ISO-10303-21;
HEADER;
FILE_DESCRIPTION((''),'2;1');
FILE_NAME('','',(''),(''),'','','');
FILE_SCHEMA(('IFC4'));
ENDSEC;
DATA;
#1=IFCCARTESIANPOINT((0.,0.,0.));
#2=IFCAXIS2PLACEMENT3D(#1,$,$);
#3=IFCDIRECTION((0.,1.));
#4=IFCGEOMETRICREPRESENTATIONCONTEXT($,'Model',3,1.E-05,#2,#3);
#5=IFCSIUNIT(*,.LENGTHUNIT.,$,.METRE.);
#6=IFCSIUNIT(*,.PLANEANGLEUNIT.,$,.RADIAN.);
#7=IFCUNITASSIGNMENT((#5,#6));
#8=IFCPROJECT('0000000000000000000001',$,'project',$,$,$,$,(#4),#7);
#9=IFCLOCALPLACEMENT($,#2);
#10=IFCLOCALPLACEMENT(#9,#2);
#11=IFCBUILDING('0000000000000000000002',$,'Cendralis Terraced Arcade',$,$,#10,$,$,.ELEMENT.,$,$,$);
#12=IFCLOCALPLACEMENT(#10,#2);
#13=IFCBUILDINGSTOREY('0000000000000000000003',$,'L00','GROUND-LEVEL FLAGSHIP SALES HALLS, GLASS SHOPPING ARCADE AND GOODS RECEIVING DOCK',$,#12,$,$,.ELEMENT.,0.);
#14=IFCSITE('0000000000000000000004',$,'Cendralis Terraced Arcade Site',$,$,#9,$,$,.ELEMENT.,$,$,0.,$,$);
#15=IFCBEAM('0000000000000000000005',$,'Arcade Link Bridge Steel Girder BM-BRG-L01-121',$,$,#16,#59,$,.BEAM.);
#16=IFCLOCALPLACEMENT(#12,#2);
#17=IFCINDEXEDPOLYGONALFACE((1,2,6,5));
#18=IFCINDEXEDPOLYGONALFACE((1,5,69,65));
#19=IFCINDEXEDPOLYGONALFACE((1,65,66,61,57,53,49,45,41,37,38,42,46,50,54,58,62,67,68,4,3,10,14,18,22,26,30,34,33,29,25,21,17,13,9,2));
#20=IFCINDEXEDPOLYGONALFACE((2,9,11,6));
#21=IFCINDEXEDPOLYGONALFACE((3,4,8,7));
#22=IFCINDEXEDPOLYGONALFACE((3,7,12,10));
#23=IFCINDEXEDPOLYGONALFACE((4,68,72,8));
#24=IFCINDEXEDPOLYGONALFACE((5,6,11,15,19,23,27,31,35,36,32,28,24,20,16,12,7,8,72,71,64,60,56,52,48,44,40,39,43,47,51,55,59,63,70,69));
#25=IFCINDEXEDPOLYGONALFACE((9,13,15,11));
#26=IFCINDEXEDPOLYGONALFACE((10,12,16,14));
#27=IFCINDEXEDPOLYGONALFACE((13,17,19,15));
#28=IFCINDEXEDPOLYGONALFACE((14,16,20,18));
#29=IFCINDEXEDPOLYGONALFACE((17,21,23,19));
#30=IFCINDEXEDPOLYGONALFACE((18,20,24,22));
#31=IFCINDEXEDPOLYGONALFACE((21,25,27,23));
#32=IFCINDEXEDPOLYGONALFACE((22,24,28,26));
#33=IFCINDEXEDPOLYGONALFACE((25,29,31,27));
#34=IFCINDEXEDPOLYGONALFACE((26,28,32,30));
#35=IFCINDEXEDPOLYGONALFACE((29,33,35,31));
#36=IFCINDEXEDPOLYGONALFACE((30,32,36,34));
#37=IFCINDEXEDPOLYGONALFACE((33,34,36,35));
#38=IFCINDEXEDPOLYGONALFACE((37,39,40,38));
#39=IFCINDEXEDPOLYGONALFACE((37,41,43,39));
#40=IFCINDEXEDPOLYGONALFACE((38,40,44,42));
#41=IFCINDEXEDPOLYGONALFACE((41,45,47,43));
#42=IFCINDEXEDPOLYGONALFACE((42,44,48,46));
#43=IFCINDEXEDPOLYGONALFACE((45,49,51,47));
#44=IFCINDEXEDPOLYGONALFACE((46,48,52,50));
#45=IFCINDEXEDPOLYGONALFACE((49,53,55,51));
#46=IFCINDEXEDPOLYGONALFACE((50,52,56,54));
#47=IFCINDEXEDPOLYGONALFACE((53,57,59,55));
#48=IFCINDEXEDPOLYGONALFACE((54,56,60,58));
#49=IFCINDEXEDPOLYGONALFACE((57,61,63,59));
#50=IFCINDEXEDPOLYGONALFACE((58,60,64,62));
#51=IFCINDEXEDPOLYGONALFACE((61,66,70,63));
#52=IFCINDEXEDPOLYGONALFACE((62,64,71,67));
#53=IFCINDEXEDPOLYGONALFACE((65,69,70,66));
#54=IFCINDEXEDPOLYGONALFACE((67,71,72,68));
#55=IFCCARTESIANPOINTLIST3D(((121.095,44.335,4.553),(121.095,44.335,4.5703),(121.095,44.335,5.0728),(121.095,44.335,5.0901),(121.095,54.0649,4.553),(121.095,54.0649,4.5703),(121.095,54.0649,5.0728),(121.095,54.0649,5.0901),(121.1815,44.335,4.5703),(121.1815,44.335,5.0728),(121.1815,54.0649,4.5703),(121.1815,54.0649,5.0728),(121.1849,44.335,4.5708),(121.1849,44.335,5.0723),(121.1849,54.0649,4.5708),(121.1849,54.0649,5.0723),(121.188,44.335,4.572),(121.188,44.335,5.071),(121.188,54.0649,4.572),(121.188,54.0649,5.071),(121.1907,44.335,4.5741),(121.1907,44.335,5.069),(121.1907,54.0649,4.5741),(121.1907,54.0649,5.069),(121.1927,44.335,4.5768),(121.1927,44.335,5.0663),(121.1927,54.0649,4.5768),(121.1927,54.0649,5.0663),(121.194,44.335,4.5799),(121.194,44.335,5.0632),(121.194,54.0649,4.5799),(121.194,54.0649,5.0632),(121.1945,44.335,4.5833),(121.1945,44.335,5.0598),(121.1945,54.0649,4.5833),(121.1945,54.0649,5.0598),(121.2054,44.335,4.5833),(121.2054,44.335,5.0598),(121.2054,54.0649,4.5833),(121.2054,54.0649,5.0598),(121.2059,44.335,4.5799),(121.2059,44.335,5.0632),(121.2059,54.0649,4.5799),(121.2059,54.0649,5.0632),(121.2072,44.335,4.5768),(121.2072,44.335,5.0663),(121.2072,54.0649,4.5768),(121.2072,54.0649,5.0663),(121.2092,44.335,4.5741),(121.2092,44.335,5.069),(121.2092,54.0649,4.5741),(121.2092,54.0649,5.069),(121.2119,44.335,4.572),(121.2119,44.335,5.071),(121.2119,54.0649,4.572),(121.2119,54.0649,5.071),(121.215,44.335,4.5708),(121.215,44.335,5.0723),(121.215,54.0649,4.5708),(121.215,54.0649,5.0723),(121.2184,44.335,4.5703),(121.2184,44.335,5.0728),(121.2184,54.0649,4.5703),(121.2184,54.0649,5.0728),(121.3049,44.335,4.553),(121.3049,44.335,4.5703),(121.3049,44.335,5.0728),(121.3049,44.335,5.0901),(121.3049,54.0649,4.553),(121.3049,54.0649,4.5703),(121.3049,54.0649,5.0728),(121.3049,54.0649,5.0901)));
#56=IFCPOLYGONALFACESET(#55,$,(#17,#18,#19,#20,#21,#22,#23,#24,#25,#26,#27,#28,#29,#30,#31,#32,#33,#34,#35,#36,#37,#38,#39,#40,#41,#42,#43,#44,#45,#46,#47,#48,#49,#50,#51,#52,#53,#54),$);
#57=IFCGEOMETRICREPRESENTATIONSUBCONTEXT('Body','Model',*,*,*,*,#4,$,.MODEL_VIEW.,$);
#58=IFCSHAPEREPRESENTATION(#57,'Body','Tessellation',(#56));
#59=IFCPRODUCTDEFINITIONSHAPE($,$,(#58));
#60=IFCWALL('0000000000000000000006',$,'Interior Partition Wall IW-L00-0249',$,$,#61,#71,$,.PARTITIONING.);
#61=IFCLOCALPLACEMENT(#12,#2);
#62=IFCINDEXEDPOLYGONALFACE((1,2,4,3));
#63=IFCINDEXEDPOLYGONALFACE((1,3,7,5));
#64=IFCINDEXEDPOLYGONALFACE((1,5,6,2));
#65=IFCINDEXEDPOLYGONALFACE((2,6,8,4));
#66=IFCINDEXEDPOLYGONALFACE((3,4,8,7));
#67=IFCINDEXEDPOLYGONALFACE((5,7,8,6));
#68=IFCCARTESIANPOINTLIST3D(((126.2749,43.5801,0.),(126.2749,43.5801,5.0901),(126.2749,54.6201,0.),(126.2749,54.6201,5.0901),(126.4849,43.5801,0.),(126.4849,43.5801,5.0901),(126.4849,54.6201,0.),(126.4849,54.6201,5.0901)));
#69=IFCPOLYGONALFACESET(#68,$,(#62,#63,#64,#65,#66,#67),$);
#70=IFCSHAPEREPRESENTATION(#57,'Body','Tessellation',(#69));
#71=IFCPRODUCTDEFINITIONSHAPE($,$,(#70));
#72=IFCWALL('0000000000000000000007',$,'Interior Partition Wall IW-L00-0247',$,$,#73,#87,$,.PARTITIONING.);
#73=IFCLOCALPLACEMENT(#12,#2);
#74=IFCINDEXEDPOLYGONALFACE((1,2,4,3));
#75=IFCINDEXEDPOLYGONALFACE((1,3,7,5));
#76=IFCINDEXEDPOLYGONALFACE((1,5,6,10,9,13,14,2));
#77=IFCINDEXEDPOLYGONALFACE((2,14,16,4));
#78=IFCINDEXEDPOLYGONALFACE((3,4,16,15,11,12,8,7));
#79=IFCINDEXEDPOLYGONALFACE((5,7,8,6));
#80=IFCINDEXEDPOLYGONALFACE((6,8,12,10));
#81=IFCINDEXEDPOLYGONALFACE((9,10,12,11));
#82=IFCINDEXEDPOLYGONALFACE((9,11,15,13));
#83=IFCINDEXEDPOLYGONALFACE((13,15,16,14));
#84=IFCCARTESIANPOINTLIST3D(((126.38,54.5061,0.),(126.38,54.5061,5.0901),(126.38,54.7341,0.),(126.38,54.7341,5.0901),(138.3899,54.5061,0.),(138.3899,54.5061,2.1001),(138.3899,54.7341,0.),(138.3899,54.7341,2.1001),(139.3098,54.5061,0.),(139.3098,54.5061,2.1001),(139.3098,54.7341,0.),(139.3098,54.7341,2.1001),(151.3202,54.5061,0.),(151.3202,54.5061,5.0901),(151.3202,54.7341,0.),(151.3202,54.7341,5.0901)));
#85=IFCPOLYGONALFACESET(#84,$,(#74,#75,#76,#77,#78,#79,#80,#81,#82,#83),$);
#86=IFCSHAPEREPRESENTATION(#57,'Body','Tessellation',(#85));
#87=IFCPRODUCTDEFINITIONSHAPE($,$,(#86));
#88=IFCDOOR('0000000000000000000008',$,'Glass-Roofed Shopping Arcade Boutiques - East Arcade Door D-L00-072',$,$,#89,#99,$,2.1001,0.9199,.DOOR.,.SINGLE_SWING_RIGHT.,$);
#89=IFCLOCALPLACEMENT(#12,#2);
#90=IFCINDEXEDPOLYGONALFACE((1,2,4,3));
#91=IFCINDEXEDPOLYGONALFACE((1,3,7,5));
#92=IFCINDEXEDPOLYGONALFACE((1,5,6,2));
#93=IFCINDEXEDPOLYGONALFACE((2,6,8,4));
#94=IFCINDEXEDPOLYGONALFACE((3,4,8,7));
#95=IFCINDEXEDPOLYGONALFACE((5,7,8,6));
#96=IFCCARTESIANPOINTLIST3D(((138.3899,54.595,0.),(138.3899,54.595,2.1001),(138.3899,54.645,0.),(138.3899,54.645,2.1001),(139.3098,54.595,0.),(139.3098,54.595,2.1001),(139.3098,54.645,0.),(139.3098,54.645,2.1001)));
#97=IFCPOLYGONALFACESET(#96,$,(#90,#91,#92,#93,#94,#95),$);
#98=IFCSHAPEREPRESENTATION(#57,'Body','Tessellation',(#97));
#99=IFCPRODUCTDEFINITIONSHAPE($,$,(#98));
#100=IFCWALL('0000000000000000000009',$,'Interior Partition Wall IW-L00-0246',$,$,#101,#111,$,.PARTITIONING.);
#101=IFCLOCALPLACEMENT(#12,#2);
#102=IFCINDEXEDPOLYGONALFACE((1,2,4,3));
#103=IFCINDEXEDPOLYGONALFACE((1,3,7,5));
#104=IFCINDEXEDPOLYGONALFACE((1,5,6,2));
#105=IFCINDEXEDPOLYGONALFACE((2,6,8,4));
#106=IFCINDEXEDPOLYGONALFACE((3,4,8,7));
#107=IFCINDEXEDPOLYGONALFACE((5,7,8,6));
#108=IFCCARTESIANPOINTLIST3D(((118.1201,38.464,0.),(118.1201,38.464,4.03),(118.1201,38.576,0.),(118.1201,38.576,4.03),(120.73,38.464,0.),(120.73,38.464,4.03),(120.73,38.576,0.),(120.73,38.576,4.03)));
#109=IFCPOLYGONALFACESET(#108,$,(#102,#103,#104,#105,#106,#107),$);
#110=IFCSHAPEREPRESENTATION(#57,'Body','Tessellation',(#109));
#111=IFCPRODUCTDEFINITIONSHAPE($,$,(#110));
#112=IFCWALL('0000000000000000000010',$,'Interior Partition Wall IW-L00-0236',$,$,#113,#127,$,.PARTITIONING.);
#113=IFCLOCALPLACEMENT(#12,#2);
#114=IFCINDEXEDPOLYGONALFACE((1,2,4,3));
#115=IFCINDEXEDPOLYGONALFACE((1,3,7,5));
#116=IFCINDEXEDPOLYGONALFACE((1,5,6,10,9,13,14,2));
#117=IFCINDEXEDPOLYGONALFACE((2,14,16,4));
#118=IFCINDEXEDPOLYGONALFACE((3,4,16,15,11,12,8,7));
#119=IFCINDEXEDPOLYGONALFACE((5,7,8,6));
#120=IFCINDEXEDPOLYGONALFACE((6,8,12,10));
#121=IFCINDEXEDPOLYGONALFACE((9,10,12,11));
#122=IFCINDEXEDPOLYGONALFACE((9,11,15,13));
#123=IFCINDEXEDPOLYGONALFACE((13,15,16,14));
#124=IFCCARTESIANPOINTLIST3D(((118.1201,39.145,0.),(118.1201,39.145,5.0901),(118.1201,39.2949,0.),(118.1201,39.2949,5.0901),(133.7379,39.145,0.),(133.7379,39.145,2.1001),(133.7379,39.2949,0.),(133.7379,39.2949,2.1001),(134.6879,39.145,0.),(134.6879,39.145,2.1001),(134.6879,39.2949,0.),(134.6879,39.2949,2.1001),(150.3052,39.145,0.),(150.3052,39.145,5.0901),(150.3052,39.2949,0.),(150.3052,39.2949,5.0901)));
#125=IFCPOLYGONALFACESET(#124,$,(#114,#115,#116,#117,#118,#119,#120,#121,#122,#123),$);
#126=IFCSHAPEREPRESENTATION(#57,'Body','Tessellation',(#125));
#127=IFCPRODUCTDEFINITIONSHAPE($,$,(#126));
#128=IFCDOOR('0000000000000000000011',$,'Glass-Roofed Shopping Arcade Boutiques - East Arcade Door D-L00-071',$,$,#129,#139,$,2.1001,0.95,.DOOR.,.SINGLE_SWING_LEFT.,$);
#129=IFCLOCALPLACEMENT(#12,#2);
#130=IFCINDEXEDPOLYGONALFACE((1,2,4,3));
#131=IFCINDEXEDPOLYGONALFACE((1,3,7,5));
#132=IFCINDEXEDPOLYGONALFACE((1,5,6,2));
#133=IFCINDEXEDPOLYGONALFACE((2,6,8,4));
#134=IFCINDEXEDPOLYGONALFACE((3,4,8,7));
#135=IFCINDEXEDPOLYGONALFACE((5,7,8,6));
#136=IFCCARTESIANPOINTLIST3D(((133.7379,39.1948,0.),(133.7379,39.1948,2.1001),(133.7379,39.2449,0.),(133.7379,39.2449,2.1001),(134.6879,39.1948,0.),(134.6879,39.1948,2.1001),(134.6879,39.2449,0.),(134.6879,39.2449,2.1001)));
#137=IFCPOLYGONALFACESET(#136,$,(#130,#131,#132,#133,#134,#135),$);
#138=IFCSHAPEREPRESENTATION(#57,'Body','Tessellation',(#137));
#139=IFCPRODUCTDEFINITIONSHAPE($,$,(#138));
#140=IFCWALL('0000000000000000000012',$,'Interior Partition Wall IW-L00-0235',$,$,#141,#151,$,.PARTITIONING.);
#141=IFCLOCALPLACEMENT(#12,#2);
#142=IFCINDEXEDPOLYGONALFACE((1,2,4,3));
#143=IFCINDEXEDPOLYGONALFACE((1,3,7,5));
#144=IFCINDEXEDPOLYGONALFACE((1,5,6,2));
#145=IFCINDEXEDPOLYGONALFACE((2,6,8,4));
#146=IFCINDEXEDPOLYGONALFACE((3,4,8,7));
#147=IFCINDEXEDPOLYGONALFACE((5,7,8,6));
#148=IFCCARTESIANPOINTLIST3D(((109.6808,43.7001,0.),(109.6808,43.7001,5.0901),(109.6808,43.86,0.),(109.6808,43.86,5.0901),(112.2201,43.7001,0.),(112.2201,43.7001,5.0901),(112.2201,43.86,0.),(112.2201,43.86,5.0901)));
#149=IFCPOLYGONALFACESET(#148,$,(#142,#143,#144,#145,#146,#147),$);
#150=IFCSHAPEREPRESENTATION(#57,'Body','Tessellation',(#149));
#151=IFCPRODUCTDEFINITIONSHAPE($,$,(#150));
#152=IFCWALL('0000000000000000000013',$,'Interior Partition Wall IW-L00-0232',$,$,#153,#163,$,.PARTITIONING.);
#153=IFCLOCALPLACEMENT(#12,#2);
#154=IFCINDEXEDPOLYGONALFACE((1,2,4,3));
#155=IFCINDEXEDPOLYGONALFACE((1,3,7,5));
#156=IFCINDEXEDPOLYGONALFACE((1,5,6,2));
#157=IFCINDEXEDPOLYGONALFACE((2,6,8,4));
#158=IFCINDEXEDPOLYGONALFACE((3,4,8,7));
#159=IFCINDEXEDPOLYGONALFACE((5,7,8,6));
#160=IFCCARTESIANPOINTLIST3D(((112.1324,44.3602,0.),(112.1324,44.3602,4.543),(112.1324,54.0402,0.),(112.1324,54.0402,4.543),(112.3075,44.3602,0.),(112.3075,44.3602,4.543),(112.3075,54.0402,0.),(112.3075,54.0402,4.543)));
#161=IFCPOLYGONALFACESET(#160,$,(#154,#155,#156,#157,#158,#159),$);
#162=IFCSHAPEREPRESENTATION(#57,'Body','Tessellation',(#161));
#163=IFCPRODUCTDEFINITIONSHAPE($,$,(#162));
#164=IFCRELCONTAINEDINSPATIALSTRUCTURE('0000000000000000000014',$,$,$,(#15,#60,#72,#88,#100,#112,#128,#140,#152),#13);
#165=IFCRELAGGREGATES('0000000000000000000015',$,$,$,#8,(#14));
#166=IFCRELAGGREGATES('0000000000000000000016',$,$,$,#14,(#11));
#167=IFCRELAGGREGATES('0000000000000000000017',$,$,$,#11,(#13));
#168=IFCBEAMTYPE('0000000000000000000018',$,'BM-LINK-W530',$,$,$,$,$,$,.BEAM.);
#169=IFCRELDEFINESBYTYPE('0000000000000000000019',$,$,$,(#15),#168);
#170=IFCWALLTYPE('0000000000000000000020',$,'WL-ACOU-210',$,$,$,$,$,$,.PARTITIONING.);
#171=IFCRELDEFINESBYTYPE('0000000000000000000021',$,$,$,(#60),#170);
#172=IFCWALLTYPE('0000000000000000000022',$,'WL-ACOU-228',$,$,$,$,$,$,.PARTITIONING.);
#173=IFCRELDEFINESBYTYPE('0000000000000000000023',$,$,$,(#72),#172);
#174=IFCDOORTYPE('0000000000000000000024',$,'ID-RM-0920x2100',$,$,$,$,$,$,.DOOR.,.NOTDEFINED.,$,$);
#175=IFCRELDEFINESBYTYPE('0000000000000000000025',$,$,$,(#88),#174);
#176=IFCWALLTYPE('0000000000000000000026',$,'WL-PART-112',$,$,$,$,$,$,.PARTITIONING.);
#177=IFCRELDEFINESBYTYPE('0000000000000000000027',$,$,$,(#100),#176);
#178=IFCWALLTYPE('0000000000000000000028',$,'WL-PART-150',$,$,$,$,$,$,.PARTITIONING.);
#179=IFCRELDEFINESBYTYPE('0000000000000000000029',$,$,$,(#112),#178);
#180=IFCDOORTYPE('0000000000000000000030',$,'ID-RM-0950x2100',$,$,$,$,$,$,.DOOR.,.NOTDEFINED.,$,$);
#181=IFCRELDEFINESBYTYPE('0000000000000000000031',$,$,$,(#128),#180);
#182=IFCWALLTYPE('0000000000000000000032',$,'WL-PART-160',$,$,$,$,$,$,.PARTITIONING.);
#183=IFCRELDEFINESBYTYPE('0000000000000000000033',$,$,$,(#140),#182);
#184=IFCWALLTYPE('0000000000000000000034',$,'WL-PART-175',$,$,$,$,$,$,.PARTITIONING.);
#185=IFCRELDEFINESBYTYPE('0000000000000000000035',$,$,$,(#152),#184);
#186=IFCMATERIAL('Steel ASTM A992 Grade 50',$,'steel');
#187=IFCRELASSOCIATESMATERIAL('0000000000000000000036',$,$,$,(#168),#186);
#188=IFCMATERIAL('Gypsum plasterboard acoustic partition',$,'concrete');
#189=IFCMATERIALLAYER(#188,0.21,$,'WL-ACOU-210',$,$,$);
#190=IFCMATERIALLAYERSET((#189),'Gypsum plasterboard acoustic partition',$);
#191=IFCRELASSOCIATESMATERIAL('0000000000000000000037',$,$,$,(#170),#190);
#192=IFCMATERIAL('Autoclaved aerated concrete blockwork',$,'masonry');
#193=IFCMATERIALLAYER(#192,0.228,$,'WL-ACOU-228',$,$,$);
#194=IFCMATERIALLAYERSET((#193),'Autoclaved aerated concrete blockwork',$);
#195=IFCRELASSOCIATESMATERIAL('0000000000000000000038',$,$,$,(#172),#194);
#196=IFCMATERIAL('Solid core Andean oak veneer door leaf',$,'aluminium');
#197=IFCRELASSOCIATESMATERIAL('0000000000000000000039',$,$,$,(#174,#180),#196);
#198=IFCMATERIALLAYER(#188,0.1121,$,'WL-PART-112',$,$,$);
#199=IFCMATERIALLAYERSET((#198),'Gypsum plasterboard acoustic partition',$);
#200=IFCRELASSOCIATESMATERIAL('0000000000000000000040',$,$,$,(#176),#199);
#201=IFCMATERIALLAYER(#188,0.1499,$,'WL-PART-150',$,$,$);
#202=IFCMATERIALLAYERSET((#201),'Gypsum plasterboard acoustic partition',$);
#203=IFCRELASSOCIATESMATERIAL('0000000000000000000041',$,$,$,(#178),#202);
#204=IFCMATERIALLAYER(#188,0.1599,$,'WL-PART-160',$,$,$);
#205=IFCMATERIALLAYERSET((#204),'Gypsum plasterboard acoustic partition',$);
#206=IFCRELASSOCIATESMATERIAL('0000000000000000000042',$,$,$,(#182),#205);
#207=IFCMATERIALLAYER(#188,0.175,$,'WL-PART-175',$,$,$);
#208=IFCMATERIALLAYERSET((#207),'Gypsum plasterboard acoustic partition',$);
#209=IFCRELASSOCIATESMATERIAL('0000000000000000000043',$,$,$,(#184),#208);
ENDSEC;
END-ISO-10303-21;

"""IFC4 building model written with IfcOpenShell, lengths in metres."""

from ifc_helpers import new_model, si_unit, direction, frame, frame_2d, origin, origin_2d, place, context, subcontext, project, spatial, rectangle, i_section, extrude, material, layer, layer_set, material_profile, profile_set, type_object, element, fill, save


model = new_model("IFC4")

# Units and contexts
model_context = context("Model", 3, precision=1e-05, world=origin(), true_north=direction((0.0, 1.0)))
body_context = subcontext(model_context, "Body", "Model", "MODEL_VIEW")
ifc_project = project(units=[si_unit("LENGTHUNIT", "METRE"), si_unit("PLANEANGLEUNIT", "RADIAN")], contexts=[model_context])

# Site, building, storey
site_placement = place(None, origin())
site = spatial("IfcSite", under=ifc_project, at=site_placement, Name="Cendralis Terraced Arcade Site", CompositionType="ELEMENT", RefElevation=0.0)
building_placement = place(site_placement, origin())
building = spatial("IfcBuilding", under=site, at=building_placement, Name="Cendralis Terraced Arcade", CompositionType="ELEMENT")
storey_placement = place(building_placement, origin())
storey = spatial("IfcBuildingStorey", under=building, at=storey_placement, Name="L00", Description="GROUND-LEVEL FLAGSHIP SALES HALLS, GLASS SHOPPING ARCADE AND GOODS RECEIVING DOCK", CompositionType="ELEMENT", Elevation=0.0)

# Beam
ifc_material_1 = material(Name="Steel ASTM A992 Grade 50", Category="steel")
ifc_material_profile_1 = material_profile(ifc_material_1, i_section(OverallWidth=0.21, OverallDepth=0.5371, WebThickness=0.011, FlangeThickness=0.0173, FilletRadius=0.0129, at=origin_2d()), Name="W530X101", Category="LoadBearing")
ifc_profile_set_1 = profile_set([ifc_material_profile_1], Name="Steel ASTM A992 Grade 50")
beam_type_1 = type_object("IfcBeamType", Name="BM-LINK-W530", PredefinedType="BEAM", material=ifc_profile_set_1)
for number, where, z_axis, x_axis, name in (
    (1, (121.2, 44.335, 4.8215), (0.0, 1.0, 0.0), (-1.0, 0.0, 0.0), "Arcade Link Bridge Steel Girder BM-BRG-L01-121"),
):
    element("IfcBeam", number, at=place(storey_placement, frame(where, z_axis=z_axis, x_axis=x_axis)), inside=storey, type_object=beam_type_1, Name=name, PredefinedType="BEAM", context=body_context, shape_type="SweptSolid", body=[
        extrude(i_section(OverallWidth=0.21, OverallDepth=0.5371, WebThickness=0.011, FlangeThickness=0.0173, FilletRadius=0.0129, at=origin_2d()), origin(), (0.0, 0.0, 1.0), 9.73),
    ])

# Wall
ifc_material_2 = material(Name="Gypsum plasterboard acoustic partition", Category="concrete")
ifc_layer_1 = layer(ifc_material_2, 0.21, Name="WL-ACOU-210")
ifc_layer_set_1 = layer_set([ifc_layer_1], Name="Gypsum plasterboard acoustic partition")
wall_type_1 = type_object("IfcWallType", Name="WL-ACOU-210", PredefinedType="PARTITIONING", material=ifc_layer_set_1)
wall_1_placement = place(storey_placement, frame((126.3799, 43.5801, 0.0), z_axis=(0.0, 0.0, 1.0), x_axis=(0.0, 1.0, 0.0)))
element("IfcWall", 2, at=wall_1_placement, inside=storey, type_object=wall_type_1, Name="Interior Partition Wall IW-L00-0249", PredefinedType="PARTITIONING", context=body_context, shape_type="SweptSolid", body=[
    extrude(rectangle(XDim=11.04, YDim=0.21, at=frame_2d((5.52, 0.0))), origin(), (0.0, 0.0, 1.0), 5.0901),
])

# Wall, opening, door
ifc_material_3 = material(Name="Autoclaved aerated concrete blockwork", Category="masonry")
ifc_layer_2 = layer(ifc_material_3, 0.228, Name="WL-ACOU-228")
ifc_layer_set_2 = layer_set([ifc_layer_2], Name="Autoclaved aerated concrete blockwork")
wall_type_2 = type_object("IfcWallType", Name="WL-ACOU-228", PredefinedType="PARTITIONING", material=ifc_layer_set_2)
wall_2_placement = place(storey_placement, frame((126.3799, 54.6201, 0.0), z_axis=(0.0, 0.0, 1.0), x_axis=(1.0, 0.0, 0.0)))
wall_2 = element("IfcWall", 3, at=wall_2_placement, inside=storey, type_object=wall_type_2, Name="Interior Partition Wall IW-L00-0247", PredefinedType="PARTITIONING", context=body_context, shape_type="SweptSolid", body=[
    extrude(rectangle(XDim=24.9402, YDim=0.228, at=frame_2d((12.4702, 0.0))), origin(), (0.0, 0.0, 1.0), 5.0901),
])
opening_1_placement = place(wall_2_placement, frame((12.01, 0.0, 0.0)))
opening_1 = element("IfcOpeningElement", 4, at=opening_1_placement, cuts=wall_2, PredefinedType="OPENING", context=body_context, shape_type="SweptSolid", body=[
    extrude(rectangle(XDim=0.9199, YDim=2.1001, at=frame_2d((0.46, 1.05))), frame((0.0, 0.126, 0.0), z_axis=(0.0, -1.0, 0.0), x_axis=(1.0, 0.0, 0.0)), (0.0, 0.0, 1.0), 0.252),
])
ifc_material_4 = material(Name="Solid core Andean oak veneer door leaf", Category="aluminium")
door_type_1 = type_object("IfcDoorType", Name="ID-RM-0920x2100", OperationType="NOTDEFINED", PredefinedType="DOOR", material=ifc_material_4)
door_1_placement = place(opening_1_placement, origin())
door_1 = element("IfcDoor", 5, at=door_1_placement, inside=storey, type_object=door_type_1, Name="Glass-Roofed Shopping Arcade Boutiques - East Arcade Door D-L00-072", OperationType="SINGLE_SWING_RIGHT", OverallHeight=2.1001, OverallWidth=0.9199, PredefinedType="DOOR", context=body_context, shape_type="SweptSolid", body=[
    extrude(rectangle(XDim=0.9199, YDim=2.1001, at=frame_2d((0.46, 1.05))), frame((0.0, 0.0249, 0.0), z_axis=(0.0, -1.0, 0.0), x_axis=(1.0, 0.0, 0.0)), (0.0, 0.0, 1.0), 0.05),
])
fill(opening_1, door_1)

# Wall
ifc_layer_3 = layer(ifc_material_2, 0.1121, Name="WL-PART-112")
ifc_layer_set_3 = layer_set([ifc_layer_3], Name="Gypsum plasterboard acoustic partition")
wall_type_3 = type_object("IfcWallType", Name="WL-PART-112", PredefinedType="PARTITIONING", material=ifc_layer_set_3)
wall_3_placement = place(storey_placement, frame((120.73, 38.52, 0.0), z_axis=(0.0, 0.0, 1.0), x_axis=(-1.0, 0.0, 0.0)))
element("IfcWall", 6, at=wall_3_placement, inside=storey, type_object=wall_type_3, Name="Interior Partition Wall IW-L00-0246", PredefinedType="PARTITIONING", context=body_context, shape_type="SweptSolid", body=[
    extrude(rectangle(XDim=2.6099, YDim=0.1121, at=frame_2d((1.3049, 0.0))), origin(), (0.0, 0.0, 1.0), 4.03),
])

# Wall, opening, door
ifc_layer_4 = layer(ifc_material_2, 0.1499, Name="WL-PART-150")
ifc_layer_set_4 = layer_set([ifc_layer_4], Name="Gypsum plasterboard acoustic partition")
wall_type_4 = type_object("IfcWallType", Name="WL-PART-150", PredefinedType="PARTITIONING", material=ifc_layer_set_4)
wall_4_placement = place(storey_placement, frame((118.1201, 39.22, 0.0), z_axis=(0.0, 0.0, 1.0), x_axis=(1.0, 0.0, 0.0)))
wall_4 = element("IfcWall", 7, at=wall_4_placement, inside=storey, type_object=wall_type_4, Name="Interior Partition Wall IW-L00-0236", PredefinedType="PARTITIONING", context=body_context, shape_type="SweptSolid", body=[
    extrude(rectangle(XDim=32.1851, YDim=0.1499, at=frame_2d((16.0925, 0.0))), origin(), (0.0, 0.0, 1.0), 5.0901),
])
opening_2_placement = place(wall_4_placement, frame((15.6177, 0.0, 0.0)))
opening_2 = element("IfcOpeningElement", 8, at=opening_2_placement, cuts=wall_4, PredefinedType="OPENING", context=body_context, shape_type="SweptSolid", body=[
    extrude(rectangle(XDim=0.95, YDim=2.1001, at=frame_2d((0.4751, 1.05))), frame((0.0, 0.0869, 0.0), z_axis=(0.0, -1.0, 0.0), x_axis=(1.0, 0.0, 0.0)), (0.0, 0.0, 1.0), 0.1738),
])
door_type_2 = type_object("IfcDoorType", Name="ID-RM-0950x2100", OperationType="NOTDEFINED", PredefinedType="DOOR", material=ifc_material_4)
door_2_placement = place(opening_2_placement, origin())
door_2 = element("IfcDoor", 9, at=door_2_placement, inside=storey, type_object=door_type_2, Name="Glass-Roofed Shopping Arcade Boutiques - East Arcade Door D-L00-071", OperationType="SINGLE_SWING_LEFT", OverallHeight=2.1001, OverallWidth=0.95, PredefinedType="DOOR", context=body_context, shape_type="SweptSolid", body=[
    extrude(rectangle(XDim=0.95, YDim=2.1001, at=frame_2d((0.4751, 1.05))), frame((0.0, 0.0249, 0.0), z_axis=(0.0, -1.0, 0.0), x_axis=(1.0, 0.0, 0.0)), (0.0, 0.0, 1.0), 0.05),
])
fill(opening_2, door_2)

# Walls
ifc_layer_5 = layer(ifc_material_2, 0.1599, Name="WL-PART-160")
ifc_layer_set_5 = layer_set([ifc_layer_5], Name="Gypsum plasterboard acoustic partition")
wall_type_5 = type_object("IfcWallType", Name="WL-PART-160", PredefinedType="PARTITIONING", material=ifc_layer_set_5)
wall_5_placement = place(storey_placement, frame((112.22, 43.78, 0.0), z_axis=(0.0, 0.0, 1.0), x_axis=(-1.0, 0.0, 0.0)))
element("IfcWall", 10, at=wall_5_placement, inside=storey, type_object=wall_type_5, Name="Interior Partition Wall IW-L00-0235", PredefinedType="PARTITIONING", context=body_context, shape_type="SweptSolid", body=[
    extrude(rectangle(XDim=2.5393, YDim=0.1599, at=frame_2d((1.2695, 0.0))), origin(), (0.0, 0.0, 1.0), 5.0901),
])
ifc_layer_6 = layer(ifc_material_2, 0.175, Name="WL-PART-175")
ifc_layer_set_6 = layer_set([ifc_layer_6], Name="Gypsum plasterboard acoustic partition")
wall_type_6 = type_object("IfcWallType", Name="WL-PART-175", PredefinedType="PARTITIONING", material=ifc_layer_set_6)
wall_6_placement = place(storey_placement, frame((112.22, 54.04, 0.0), z_axis=(0.0, 0.0, 1.0), x_axis=(0.0, -1.0, 0.0)))
element("IfcWall", 11, at=wall_6_placement, inside=storey, type_object=wall_type_6, Name="Interior Partition Wall IW-L00-0232", PredefinedType="PARTITIONING", context=body_context, shape_type="SweptSolid", body=[
    extrude(rectangle(XDim=9.6799, YDim=0.175, at=frame_2d((4.8398, 0.0))), origin(), (0.0, 0.0, 1.0), 4.543),
])

save(model, "model.ifc")
